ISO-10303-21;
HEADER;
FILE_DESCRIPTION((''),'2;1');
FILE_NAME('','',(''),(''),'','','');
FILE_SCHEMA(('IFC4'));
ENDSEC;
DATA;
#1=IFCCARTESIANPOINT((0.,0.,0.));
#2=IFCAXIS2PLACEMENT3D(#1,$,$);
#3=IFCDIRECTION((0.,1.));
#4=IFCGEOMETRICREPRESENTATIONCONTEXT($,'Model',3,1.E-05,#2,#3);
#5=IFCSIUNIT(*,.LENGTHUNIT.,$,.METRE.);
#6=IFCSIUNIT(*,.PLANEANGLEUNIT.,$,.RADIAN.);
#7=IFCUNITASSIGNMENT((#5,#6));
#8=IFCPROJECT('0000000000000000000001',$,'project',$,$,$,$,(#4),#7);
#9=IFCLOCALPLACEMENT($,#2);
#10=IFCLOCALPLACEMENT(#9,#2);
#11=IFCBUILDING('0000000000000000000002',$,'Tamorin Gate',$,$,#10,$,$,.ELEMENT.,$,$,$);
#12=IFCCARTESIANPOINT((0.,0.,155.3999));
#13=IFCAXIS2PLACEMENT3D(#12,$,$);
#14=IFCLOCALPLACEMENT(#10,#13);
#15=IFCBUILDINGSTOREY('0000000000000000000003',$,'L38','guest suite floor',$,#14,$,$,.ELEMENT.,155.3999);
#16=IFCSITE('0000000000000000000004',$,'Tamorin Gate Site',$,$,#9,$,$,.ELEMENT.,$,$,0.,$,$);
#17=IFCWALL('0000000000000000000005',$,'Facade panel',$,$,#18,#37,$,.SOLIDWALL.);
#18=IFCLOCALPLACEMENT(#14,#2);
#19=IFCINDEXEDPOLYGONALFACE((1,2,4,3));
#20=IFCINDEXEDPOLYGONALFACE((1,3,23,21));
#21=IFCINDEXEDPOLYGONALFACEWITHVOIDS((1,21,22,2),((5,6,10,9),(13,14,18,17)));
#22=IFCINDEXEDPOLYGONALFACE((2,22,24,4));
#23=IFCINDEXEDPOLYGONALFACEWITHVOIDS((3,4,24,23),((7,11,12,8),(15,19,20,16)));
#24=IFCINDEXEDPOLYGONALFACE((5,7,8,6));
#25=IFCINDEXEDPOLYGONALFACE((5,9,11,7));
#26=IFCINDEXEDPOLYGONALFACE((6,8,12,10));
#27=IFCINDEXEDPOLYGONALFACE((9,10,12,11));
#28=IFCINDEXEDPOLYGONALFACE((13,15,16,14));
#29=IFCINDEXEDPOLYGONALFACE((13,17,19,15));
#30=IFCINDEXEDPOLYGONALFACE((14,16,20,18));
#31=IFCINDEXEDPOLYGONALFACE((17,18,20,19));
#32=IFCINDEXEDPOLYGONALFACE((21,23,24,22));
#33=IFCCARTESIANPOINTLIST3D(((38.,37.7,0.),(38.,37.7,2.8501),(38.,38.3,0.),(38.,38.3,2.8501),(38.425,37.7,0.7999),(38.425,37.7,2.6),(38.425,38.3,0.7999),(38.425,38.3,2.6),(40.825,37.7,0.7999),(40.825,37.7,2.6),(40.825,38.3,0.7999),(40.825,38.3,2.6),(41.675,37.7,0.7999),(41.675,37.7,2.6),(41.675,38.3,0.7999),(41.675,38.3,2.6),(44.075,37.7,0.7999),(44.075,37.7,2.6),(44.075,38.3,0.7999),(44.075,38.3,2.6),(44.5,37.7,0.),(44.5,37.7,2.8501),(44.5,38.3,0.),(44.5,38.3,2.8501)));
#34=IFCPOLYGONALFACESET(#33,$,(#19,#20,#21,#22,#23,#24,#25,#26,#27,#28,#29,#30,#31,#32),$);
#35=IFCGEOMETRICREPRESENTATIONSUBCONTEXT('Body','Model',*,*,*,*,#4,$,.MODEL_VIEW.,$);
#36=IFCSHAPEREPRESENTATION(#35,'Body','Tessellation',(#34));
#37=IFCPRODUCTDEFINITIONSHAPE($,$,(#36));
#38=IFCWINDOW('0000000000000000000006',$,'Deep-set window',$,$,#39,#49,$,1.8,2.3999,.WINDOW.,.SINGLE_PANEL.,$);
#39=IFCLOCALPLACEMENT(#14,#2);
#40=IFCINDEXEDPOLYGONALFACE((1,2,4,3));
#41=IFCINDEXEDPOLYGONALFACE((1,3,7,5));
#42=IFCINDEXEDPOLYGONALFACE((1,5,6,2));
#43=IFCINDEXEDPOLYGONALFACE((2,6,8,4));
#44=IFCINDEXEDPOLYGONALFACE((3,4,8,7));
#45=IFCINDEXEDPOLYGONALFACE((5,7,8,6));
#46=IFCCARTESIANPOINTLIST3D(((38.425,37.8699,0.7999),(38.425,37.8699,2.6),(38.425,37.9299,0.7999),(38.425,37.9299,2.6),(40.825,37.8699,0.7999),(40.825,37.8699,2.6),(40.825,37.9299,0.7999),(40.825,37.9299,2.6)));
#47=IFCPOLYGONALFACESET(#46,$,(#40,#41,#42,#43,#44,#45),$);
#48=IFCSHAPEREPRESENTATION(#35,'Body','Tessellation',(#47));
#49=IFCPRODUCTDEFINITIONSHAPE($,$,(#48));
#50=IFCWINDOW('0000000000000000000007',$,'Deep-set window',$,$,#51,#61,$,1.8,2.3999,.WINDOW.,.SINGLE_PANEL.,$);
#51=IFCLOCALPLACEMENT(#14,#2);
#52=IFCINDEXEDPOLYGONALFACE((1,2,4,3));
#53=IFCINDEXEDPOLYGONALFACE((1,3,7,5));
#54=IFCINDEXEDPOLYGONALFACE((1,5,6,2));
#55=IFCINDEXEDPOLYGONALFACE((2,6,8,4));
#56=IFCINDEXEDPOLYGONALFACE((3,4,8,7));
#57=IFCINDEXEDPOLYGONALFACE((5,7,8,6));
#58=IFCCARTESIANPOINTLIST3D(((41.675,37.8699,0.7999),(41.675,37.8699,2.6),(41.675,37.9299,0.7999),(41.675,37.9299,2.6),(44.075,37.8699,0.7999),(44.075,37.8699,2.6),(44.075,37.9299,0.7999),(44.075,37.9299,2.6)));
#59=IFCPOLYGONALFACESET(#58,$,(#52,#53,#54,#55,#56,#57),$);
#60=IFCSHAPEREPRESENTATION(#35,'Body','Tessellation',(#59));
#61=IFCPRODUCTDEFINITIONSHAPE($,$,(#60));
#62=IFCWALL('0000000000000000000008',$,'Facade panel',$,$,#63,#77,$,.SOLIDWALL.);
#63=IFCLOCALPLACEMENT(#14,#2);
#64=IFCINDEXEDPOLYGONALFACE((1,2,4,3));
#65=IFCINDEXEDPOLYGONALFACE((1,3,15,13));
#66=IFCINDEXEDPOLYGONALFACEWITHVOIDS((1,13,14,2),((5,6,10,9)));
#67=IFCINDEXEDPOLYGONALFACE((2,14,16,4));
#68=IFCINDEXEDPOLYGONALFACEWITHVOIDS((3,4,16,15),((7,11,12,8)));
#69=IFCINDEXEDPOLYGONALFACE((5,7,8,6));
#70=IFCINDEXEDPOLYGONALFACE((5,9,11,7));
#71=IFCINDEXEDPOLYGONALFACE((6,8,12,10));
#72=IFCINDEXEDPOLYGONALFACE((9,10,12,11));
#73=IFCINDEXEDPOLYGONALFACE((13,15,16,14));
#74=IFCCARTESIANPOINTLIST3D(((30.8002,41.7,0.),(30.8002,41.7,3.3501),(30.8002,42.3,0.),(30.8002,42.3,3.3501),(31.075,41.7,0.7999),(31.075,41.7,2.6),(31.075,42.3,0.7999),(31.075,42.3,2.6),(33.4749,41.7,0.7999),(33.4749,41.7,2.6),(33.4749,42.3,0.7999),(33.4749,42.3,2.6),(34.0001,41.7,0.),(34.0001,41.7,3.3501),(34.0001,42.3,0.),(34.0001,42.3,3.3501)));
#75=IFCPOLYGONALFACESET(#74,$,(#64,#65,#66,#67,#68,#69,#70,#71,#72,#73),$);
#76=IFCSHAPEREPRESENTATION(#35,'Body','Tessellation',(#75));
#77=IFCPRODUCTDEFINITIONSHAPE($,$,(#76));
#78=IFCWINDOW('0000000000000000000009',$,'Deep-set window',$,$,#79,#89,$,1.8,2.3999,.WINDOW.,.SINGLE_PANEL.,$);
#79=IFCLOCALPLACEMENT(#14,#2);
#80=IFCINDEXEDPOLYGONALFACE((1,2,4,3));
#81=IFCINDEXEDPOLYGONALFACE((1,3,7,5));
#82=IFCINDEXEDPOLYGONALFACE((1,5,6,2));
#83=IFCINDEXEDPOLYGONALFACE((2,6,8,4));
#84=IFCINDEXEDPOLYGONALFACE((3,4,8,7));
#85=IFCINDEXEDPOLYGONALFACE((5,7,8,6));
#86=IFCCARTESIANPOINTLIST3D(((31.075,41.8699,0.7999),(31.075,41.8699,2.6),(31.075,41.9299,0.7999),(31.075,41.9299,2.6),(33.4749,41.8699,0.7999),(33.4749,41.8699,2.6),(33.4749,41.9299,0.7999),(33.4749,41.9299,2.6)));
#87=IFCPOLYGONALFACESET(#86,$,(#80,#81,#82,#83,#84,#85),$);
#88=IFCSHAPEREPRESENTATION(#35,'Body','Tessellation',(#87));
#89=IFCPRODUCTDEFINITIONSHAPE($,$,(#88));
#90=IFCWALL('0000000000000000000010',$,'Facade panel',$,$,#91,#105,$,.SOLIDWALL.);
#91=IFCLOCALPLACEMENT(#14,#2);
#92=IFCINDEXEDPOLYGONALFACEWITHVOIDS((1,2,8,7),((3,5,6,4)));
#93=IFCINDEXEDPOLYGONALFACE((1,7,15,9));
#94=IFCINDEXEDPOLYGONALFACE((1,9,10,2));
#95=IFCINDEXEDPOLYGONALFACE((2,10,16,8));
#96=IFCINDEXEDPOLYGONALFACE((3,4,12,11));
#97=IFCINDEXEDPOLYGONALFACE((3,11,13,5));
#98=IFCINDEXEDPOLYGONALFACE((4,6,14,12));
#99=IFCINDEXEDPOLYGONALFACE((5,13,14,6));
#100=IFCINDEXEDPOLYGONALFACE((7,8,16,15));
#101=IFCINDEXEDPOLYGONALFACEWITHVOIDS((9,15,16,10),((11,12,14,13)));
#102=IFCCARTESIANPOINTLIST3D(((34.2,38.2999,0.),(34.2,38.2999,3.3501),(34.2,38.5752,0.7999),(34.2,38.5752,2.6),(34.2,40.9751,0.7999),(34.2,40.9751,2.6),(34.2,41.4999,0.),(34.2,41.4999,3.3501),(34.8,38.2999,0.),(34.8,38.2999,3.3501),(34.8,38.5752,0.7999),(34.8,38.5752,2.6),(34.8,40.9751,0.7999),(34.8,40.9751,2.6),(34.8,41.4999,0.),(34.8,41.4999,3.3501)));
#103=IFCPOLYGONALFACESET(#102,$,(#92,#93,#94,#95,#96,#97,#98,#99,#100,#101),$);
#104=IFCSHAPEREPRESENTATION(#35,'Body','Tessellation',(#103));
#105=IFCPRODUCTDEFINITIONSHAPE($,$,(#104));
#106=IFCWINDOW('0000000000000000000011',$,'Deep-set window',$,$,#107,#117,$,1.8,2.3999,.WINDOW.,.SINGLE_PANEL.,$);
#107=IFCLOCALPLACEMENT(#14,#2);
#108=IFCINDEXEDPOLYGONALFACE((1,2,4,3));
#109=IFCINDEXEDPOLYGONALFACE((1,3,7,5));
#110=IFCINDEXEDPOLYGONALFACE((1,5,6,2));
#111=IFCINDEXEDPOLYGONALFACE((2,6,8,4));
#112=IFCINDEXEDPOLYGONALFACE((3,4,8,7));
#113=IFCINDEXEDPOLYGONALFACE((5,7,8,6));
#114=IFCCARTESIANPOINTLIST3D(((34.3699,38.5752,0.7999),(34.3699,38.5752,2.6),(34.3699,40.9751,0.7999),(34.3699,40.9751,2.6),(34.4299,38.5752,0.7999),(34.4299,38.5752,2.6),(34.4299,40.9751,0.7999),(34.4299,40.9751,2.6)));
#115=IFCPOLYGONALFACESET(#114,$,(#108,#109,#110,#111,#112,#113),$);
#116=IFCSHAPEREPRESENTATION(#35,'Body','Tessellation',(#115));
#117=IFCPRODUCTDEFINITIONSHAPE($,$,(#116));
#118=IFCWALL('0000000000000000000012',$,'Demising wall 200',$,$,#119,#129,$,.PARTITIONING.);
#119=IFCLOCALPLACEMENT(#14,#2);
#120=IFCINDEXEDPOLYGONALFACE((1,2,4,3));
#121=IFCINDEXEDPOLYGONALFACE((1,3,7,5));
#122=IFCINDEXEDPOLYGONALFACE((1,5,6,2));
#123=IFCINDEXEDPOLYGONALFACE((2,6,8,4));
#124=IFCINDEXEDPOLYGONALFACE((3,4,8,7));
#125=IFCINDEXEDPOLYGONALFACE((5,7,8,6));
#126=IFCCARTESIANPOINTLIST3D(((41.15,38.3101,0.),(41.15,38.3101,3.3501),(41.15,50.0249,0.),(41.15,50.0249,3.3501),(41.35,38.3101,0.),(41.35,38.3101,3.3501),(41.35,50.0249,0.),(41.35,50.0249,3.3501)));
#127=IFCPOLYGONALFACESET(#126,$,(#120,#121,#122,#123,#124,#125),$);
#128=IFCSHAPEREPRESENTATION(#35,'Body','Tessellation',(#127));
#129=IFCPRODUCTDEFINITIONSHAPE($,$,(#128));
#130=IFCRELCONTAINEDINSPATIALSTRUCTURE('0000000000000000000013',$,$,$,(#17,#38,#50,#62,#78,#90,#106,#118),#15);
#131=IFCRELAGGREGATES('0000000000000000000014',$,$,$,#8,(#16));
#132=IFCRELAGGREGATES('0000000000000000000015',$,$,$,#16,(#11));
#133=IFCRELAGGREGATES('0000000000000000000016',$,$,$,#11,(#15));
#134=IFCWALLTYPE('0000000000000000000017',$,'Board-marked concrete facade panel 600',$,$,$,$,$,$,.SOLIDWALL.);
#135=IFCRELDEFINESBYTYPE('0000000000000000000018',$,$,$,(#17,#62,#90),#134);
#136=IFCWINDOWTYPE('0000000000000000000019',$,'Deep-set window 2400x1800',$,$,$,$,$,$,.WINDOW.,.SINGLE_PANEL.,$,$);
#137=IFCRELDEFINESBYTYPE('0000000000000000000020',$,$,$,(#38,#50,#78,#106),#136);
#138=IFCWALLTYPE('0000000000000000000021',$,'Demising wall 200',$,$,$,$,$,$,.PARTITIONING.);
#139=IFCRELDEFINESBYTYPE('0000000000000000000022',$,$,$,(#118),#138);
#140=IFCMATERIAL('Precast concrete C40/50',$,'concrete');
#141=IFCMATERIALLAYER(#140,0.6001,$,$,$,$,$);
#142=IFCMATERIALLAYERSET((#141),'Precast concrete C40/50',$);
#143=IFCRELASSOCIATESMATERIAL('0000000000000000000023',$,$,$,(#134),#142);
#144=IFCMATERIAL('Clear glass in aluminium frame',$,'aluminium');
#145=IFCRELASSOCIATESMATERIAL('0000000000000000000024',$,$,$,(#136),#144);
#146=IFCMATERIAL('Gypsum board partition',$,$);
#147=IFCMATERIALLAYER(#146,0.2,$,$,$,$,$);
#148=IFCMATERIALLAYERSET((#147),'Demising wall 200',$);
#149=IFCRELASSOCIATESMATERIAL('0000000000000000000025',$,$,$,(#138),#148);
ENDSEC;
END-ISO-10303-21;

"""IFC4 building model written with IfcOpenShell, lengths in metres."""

from ifc_helpers import new_model, si_unit, direction, frame, frame_2d, origin, place, context, subcontext, project, spatial, rectangle, extrude, material, layer, layer_set, type_object, element, fill, save


model = new_model("IFC4")

# Units and contexts
model_context = context("Model", 3, precision=1e-05, world=origin(), true_north=direction((0.0, 1.0)))
body_context = subcontext(model_context, "Body", "Model", "MODEL_VIEW")
ifc_project = project(units=[si_unit("LENGTHUNIT", "METRE"), si_unit("PLANEANGLEUNIT", "RADIAN")], contexts=[model_context])

# Site, building, storey
site_placement = place(None, origin())
site = spatial("IfcSite", under=ifc_project, at=site_placement, Name="Tamorin Gate Site", CompositionType="ELEMENT", RefElevation=0.0)
building_placement = place(site_placement, origin())
building = spatial("IfcBuilding", under=site, at=building_placement, Name="Tamorin Gate", CompositionType="ELEMENT")
storey_placement = place(building_placement, frame((0.0, 0.0, 155.3999)))
storey = spatial("IfcBuildingStorey", under=building, at=storey_placement, Name="L38", Description="guest suite floor", CompositionType="ELEMENT", Elevation=155.3999)

# Shared definitions
ifc_material_1 = material(Name="Precast concrete C40/50", Category="concrete")
ifc_layer_1 = layer(ifc_material_1, 0.6001)
ifc_layer_set_1 = layer_set([ifc_layer_1], Name="Precast concrete C40/50")
wall_type_1 = type_object("IfcWallType", Name="Board-marked concrete facade panel 600", PredefinedType="SOLIDWALL", material=ifc_layer_set_1)

# Wall, openings, windows
wall_1_placement = place(storey_placement, frame((38.0, 38.0, 0.0), z_axis=(0.0, 0.0, 1.0), x_axis=(1.0, 0.0, 0.0)))
wall_1 = element("IfcWall", 1, at=wall_1_placement, inside=storey, type_object=wall_type_1, Name="Facade panel", PredefinedType="SOLIDWALL", context=body_context, shape_type="SweptSolid", body=[
    extrude(rectangle(XDim=6.5, YDim=0.6001, at=frame_2d((3.25, 0.0))), origin(), (0.0, 0.0, 1.0), 2.8501),
])
opening_1_placement = place(wall_1_placement, frame((0.425, 0.0, 0.8)))
opening_1 = element("IfcOpeningElement", 2, at=opening_1_placement, cuts=wall_1, PredefinedType="OPENING", context=body_context, shape_type="SweptSolid", body=[
    extrude(rectangle(XDim=2.3999, YDim=1.8, at=frame_2d((1.2, 0.8999))), frame((0.0, 0.3101, 0.0), z_axis=(0.0, -1.0, 0.0), x_axis=(1.0, 0.0, 0.0)), (0.0, 0.0, 1.0), 0.6201),
])
opening_2_placement = place(wall_1_placement, frame((3.675, 0.0, 0.8)))
opening_2 = element("IfcOpeningElement", 3, at=opening_2_placement, cuts=wall_1, PredefinedType="OPENING", context=body_context, shape_type="SweptSolid", body=[
    extrude(rectangle(XDim=2.3999, YDim=1.8, at=frame_2d((1.2, 0.8999))), frame((0.0, 0.3101, 0.0), z_axis=(0.0, -1.0, 0.0), x_axis=(1.0, 0.0, 0.0)), (0.0, 0.0, 1.0), 0.6201),
])
ifc_material_2 = material(Name="Clear glass in aluminium frame", Category="aluminium")
window_type = type_object("IfcWindowType", Name="Deep-set window 2400x1800", PartitioningType="SINGLE_PANEL", PredefinedType="WINDOW", material=ifc_material_2)
window_1_placement = place(opening_1_placement, origin())
window_1 = element("IfcWindow", 4, at=window_1_placement, inside=storey, type_object=window_type, Name="Deep-set window", OverallHeight=1.8, OverallWidth=2.3999, PartitioningType="SINGLE_PANEL", PredefinedType="WINDOW", context=body_context, shape_type="SweptSolid", body=[
    extrude(rectangle(XDim=2.3999, YDim=1.8, at=frame_2d((1.2, 0.8999))), frame((0.0, -0.0701, 0.0), z_axis=(0.0, -1.0, 0.0), x_axis=(1.0, 0.0, 0.0)), (0.0, 0.0, 1.0), 0.0601),
])
fill(opening_1, window_1)
window_2_placement = place(opening_2_placement, origin())
window_2 = element("IfcWindow", 5, at=window_2_placement, inside=storey, type_object=window_type, Name="Deep-set window", OverallHeight=1.8, OverallWidth=2.3999, PartitioningType="SINGLE_PANEL", PredefinedType="WINDOW", context=body_context, shape_type="SweptSolid", body=[
    extrude(rectangle(XDim=2.3999, YDim=1.8, at=frame_2d((1.2, 0.8999))), frame((0.0, -0.0701, 0.0), z_axis=(0.0, -1.0, 0.0), x_axis=(1.0, 0.0, 0.0)), (0.0, 0.0, 1.0), 0.0601),
])
fill(opening_2, window_2)

# Walls, openings, windows
wall_2_placement = place(storey_placement, frame((30.8, 42.0, 0.0), z_axis=(0.0, 0.0, 1.0), x_axis=(1.0, 0.0, 0.0)))
wall_2 = element("IfcWall", 6, at=wall_2_placement, inside=storey, type_object=wall_type_1, Name="Facade panel", PredefinedType="SOLIDWALL", context=body_context, shape_type="SweptSolid", body=[
    extrude(rectangle(XDim=3.2, YDim=0.6001, at=frame_2d((1.6001, 0.0))), origin(), (0.0, 0.0, 1.0), 3.3501),
])
opening_3_placement = place(wall_2_placement, frame((0.2749, 0.0, 0.8)))
opening_3 = element("IfcOpeningElement", 7, at=opening_3_placement, cuts=wall_2, PredefinedType="OPENING", context=body_context, shape_type="SweptSolid", body=[
    extrude(rectangle(XDim=2.3999, YDim=1.8, at=frame_2d((1.2, 0.8999))), frame((0.0, 0.3101, 0.0), z_axis=(0.0, -1.0, 0.0), x_axis=(1.0, 0.0, 0.0)), (0.0, 0.0, 1.0), 0.6201),
])
window_3_placement = place(opening_3_placement, origin())
window_3 = element("IfcWindow", 8, at=window_3_placement, inside=storey, type_object=window_type, Name="Deep-set window", OverallHeight=1.8, OverallWidth=2.3999, PartitioningType="SINGLE_PANEL", PredefinedType="WINDOW", context=body_context, shape_type="SweptSolid", body=[
    extrude(rectangle(XDim=2.3999, YDim=1.8, at=frame_2d((1.2, 0.8999))), frame((0.0, -0.0701, 0.0), z_axis=(0.0, -1.0, 0.0), x_axis=(1.0, 0.0, 0.0)), (0.0, 0.0, 1.0), 0.0601),
])
fill(opening_3, window_3)
wall_3_placement = place(storey_placement, frame((34.5, 41.5, 0.0), z_axis=(0.0, 0.0, 1.0), x_axis=(0.0, -1.0, 0.0)))
wall_3 = element("IfcWall", 9, at=wall_3_placement, inside=storey, type_object=wall_type_1, Name="Facade panel", PredefinedType="SOLIDWALL", context=body_context, shape_type="SweptSolid", body=[
    extrude(rectangle(XDim=3.2, YDim=0.6001, at=frame_2d((1.6001, 0.0))), origin(), (0.0, 0.0, 1.0), 3.3501),
])
opening_4_placement = place(wall_3_placement, frame((0.5249, 0.0, 0.8)))
opening_4 = element("IfcOpeningElement", 10, at=opening_4_placement, cuts=wall_3, PredefinedType="OPENING", context=body_context, shape_type="SweptSolid", body=[
    extrude(rectangle(XDim=2.3999, YDim=1.8, at=frame_2d((1.2, 0.8999))), frame((0.0, 0.3101, 0.0), z_axis=(0.0, -1.0, 0.0), x_axis=(1.0, 0.0, 0.0)), (0.0, 0.0, 1.0), 0.6201),
])
window_4_placement = place(opening_4_placement, origin())
window_4 = element("IfcWindow", 11, at=window_4_placement, inside=storey, type_object=window_type, Name="Deep-set window", OverallHeight=1.8, OverallWidth=2.3999, PartitioningType="SINGLE_PANEL", PredefinedType="WINDOW", context=body_context, shape_type="SweptSolid", body=[
    extrude(rectangle(XDim=2.3999, YDim=1.8, at=frame_2d((1.2, 0.8999))), frame((0.0, -0.0701, 0.0), z_axis=(0.0, -1.0, 0.0), x_axis=(1.0, 0.0, 0.0)), (0.0, 0.0, 1.0), 0.0601),
])
fill(opening_4, window_4)

# Wall
ifc_material_3 = material(Name="Gypsum board partition")
ifc_layer_2 = layer(ifc_material_3, 0.2)
ifc_layer_set_2 = layer_set([ifc_layer_2], Name="Demising wall 200")
wall_type_2 = type_object("IfcWallType", Name="Demising wall 200", PredefinedType="PARTITIONING", material=ifc_layer_set_2)
wall_4_placement = place(storey_placement, frame((41.25, 38.3101, 0.0), z_axis=(0.0, 0.0, 1.0), x_axis=(0.0, 1.0, 0.0)))
element("IfcWall", 12, at=wall_4_placement, inside=storey, type_object=wall_type_2, Name="Demising wall 200", PredefinedType="PARTITIONING", context=body_context, shape_type="SweptSolid", body=[
    extrude(rectangle(XDim=11.7148, YDim=0.2, at=frame_2d((5.8574, 0.0))), origin(), (0.0, 0.0, 1.0), 3.3501),
])

save(model, "model.ifc")
